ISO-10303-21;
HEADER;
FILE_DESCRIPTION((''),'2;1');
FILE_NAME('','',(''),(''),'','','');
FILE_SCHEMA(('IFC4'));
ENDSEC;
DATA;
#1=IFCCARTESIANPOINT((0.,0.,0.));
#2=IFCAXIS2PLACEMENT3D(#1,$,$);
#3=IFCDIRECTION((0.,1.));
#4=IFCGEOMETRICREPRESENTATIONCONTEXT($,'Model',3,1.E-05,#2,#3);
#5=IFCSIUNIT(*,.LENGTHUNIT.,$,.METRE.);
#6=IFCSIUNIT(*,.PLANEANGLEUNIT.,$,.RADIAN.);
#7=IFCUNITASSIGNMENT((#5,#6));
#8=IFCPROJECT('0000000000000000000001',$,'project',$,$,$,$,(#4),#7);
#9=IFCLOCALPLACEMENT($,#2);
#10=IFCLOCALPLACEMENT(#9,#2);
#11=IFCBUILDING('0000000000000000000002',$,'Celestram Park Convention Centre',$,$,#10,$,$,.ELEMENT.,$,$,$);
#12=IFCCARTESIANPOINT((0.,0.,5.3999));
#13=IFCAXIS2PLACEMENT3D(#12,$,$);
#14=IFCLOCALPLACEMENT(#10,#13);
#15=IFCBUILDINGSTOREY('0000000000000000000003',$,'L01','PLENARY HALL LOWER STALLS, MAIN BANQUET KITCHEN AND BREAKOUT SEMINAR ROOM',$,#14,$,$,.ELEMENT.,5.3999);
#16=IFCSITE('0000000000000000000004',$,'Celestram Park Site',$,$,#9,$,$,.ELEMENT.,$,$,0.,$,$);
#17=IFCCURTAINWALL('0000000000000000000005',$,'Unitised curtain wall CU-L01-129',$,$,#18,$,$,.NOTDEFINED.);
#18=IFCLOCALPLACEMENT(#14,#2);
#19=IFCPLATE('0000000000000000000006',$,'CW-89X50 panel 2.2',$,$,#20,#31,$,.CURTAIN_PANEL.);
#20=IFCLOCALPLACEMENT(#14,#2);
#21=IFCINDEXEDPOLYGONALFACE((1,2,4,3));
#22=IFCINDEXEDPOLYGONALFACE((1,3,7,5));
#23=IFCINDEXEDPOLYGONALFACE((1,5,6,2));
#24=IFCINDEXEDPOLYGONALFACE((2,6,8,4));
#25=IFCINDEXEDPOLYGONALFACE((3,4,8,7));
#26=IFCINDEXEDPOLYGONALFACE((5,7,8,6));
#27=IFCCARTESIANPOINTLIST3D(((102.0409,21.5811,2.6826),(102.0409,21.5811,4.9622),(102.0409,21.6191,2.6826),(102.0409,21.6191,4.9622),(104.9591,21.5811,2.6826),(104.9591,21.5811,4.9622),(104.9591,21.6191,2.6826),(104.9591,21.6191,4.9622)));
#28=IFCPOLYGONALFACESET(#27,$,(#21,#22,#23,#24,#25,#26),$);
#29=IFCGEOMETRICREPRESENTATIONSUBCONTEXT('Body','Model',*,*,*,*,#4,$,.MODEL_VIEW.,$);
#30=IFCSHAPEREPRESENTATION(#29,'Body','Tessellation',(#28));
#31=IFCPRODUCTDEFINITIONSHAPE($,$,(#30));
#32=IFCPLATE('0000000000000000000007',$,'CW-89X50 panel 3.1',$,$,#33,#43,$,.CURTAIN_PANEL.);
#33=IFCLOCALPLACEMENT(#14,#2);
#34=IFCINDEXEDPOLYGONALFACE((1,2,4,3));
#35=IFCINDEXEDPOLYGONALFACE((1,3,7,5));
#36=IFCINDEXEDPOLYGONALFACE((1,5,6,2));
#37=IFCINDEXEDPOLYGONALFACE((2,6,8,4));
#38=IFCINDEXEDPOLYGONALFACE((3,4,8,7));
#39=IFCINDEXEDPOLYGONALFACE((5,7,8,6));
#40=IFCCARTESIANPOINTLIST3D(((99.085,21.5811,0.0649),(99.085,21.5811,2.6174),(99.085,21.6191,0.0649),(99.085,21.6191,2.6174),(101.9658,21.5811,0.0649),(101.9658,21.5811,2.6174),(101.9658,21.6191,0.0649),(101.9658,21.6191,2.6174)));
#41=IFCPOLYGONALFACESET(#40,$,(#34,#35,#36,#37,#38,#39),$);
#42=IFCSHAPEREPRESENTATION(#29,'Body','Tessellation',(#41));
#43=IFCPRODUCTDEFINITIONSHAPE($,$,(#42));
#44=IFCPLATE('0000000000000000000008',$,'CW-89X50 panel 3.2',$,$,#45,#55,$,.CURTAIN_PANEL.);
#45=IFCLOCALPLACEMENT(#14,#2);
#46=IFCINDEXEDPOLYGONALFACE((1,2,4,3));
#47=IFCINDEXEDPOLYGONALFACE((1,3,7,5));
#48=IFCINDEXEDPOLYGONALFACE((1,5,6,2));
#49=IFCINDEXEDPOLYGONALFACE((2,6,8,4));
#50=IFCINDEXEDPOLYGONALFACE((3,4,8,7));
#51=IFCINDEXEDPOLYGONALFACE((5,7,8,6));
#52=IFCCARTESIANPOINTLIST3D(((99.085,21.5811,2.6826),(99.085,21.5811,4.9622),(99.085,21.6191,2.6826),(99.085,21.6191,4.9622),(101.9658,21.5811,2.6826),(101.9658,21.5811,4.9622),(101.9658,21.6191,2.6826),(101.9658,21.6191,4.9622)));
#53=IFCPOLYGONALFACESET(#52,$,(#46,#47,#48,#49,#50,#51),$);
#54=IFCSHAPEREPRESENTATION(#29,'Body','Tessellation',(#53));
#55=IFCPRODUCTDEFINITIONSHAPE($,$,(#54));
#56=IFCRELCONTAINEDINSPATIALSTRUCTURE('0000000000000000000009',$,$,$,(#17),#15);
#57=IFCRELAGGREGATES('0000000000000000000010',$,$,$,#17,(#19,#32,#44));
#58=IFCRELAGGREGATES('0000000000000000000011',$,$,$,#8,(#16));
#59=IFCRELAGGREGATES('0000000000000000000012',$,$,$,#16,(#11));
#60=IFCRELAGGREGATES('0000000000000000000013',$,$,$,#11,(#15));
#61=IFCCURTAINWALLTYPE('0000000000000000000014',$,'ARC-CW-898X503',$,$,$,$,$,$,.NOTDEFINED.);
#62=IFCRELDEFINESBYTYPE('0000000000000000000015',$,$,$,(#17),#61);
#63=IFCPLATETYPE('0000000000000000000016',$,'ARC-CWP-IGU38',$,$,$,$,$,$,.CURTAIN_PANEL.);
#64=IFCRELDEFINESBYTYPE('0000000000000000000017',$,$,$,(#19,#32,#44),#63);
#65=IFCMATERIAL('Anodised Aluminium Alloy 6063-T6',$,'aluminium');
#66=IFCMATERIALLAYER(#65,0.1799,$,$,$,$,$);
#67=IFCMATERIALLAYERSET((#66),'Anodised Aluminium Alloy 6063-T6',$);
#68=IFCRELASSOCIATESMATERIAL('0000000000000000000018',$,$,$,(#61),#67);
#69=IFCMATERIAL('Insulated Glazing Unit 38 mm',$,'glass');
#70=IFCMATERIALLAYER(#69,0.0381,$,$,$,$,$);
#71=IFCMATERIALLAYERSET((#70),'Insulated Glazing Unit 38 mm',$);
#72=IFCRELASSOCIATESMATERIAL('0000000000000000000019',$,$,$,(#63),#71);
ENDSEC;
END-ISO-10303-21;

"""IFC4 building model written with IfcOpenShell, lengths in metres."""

from ifc_helpers import new_model, si_unit, direction, frame, origin, origin_2d, place, context, subcontext, project, spatial, rectangle, extrude, material, layer, layer_set, type_object, element, aggregate, save


model = new_model("IFC4")

# Units and contexts
model_context = context("Model", 3, precision=1e-05, world=origin(), true_north=direction((0.0, 1.0)))
body_context = subcontext(model_context, "Body", "Model", "MODEL_VIEW")
ifc_project = project(units=[si_unit("LENGTHUNIT", "METRE"), si_unit("PLANEANGLEUNIT", "RADIAN")], contexts=[model_context])

# Site, building, storey
site_placement = place(None, origin())
site = spatial("IfcSite", under=ifc_project, at=site_placement, Name="Celestram Park Site", CompositionType="ELEMENT", RefElevation=0.0)
building_placement = place(site_placement, origin())
building = spatial("IfcBuilding", under=site, at=building_placement, Name="Celestram Park Convention Centre", CompositionType="ELEMENT")
storey_placement = place(building_placement, frame((0.0, 0.0, 5.3999)))
storey = spatial("IfcBuildingStorey", under=building, at=storey_placement, Name="L01", Description="PLENARY HALL LOWER STALLS, MAIN BANQUET KITCHEN AND BREAKOUT SEMINAR ROOM", CompositionType="ELEMENT", Elevation=5.3999)

# Curtain wall
ifc_material_1 = material(Name="Anodised Aluminium Alloy 6063-T6", Category="aluminium")
ifc_layer_1 = layer(ifc_material_1, 0.1799)
ifc_layer_set_1 = layer_set([ifc_layer_1], Name="Anodised Aluminium Alloy 6063-T6")
curtain_wall_type = type_object("IfcCurtainWallType", Name="ARC-CW-898X503", PredefinedType="NOTDEFINED", material=ifc_layer_set_1)
curtain_wall_1_placement = place(storey_placement, origin())
curtain_wall_1 = element("IfcCurtainWall", 1, at=curtain_wall_1_placement, inside=storey, type_object=curtain_wall_type, Name="Unitised curtain wall CU-L01-129", PredefinedType="NOTDEFINED")

# Plates
ifc_material_2 = material(Name="Insulated Glazing Unit 38 mm", Category="glass")
ifc_layer_2 = layer(ifc_material_2, 0.0381)
ifc_layer_set_2 = layer_set([ifc_layer_2], Name="Insulated Glazing Unit 38 mm")
plate_type = type_object("IfcPlateType", Name="ARC-CWP-IGU38", PredefinedType="CURTAIN_PANEL", material=ifc_layer_set_2)
plate_1_placement = place(storey_placement, frame((103.5, 21.6001, 2.6826), z_axis=(0.0, 0.0, 1.0), x_axis=(-1.0, 0.0, 0.0)))
plate_1 = element("IfcPlate", 2, at=plate_1_placement, type_object=plate_type, Name="CW-89X50 panel 2.2", PredefinedType="CURTAIN_PANEL", context=body_context, shape_type="SweptSolid", body=[
    extrude(rectangle(XDim=2.9182, YDim=0.0381, at=origin_2d()), origin(), (0.0, 0.0, 1.0), 2.2795),
])
plate_2_placement = place(storey_placement, frame((100.5254, 21.6001, 0.0649), z_axis=(0.0, 0.0, 1.0), x_axis=(-1.0, 0.0, 0.0)))
plate_2 = element("IfcPlate", 3, at=plate_2_placement, type_object=plate_type, Name="CW-89X50 panel 3.1", PredefinedType="CURTAIN_PANEL", context=body_context, shape_type="SweptSolid", body=[
    extrude(rectangle(XDim=2.8809, YDim=0.0381, at=origin_2d()), origin(), (0.0, 0.0, 1.0), 2.5525),
])
plate_3_placement = place(storey_placement, frame((100.5254, 21.6001, 2.6826), z_axis=(0.0, 0.0, 1.0), x_axis=(-1.0, 0.0, 0.0)))
plate_3 = element("IfcPlate", 4, at=plate_3_placement, type_object=plate_type, Name="CW-89X50 panel 3.2", PredefinedType="CURTAIN_PANEL", context=body_context, shape_type="SweptSolid", body=[
    extrude(rectangle(XDim=2.8809, YDim=0.0381, at=origin_2d()), origin(), (0.0, 0.0, 1.0), 2.2795),
])
aggregate(curtain_wall_1, [plate_1, plate_2, plate_3])

save(model, "model.ifc")
